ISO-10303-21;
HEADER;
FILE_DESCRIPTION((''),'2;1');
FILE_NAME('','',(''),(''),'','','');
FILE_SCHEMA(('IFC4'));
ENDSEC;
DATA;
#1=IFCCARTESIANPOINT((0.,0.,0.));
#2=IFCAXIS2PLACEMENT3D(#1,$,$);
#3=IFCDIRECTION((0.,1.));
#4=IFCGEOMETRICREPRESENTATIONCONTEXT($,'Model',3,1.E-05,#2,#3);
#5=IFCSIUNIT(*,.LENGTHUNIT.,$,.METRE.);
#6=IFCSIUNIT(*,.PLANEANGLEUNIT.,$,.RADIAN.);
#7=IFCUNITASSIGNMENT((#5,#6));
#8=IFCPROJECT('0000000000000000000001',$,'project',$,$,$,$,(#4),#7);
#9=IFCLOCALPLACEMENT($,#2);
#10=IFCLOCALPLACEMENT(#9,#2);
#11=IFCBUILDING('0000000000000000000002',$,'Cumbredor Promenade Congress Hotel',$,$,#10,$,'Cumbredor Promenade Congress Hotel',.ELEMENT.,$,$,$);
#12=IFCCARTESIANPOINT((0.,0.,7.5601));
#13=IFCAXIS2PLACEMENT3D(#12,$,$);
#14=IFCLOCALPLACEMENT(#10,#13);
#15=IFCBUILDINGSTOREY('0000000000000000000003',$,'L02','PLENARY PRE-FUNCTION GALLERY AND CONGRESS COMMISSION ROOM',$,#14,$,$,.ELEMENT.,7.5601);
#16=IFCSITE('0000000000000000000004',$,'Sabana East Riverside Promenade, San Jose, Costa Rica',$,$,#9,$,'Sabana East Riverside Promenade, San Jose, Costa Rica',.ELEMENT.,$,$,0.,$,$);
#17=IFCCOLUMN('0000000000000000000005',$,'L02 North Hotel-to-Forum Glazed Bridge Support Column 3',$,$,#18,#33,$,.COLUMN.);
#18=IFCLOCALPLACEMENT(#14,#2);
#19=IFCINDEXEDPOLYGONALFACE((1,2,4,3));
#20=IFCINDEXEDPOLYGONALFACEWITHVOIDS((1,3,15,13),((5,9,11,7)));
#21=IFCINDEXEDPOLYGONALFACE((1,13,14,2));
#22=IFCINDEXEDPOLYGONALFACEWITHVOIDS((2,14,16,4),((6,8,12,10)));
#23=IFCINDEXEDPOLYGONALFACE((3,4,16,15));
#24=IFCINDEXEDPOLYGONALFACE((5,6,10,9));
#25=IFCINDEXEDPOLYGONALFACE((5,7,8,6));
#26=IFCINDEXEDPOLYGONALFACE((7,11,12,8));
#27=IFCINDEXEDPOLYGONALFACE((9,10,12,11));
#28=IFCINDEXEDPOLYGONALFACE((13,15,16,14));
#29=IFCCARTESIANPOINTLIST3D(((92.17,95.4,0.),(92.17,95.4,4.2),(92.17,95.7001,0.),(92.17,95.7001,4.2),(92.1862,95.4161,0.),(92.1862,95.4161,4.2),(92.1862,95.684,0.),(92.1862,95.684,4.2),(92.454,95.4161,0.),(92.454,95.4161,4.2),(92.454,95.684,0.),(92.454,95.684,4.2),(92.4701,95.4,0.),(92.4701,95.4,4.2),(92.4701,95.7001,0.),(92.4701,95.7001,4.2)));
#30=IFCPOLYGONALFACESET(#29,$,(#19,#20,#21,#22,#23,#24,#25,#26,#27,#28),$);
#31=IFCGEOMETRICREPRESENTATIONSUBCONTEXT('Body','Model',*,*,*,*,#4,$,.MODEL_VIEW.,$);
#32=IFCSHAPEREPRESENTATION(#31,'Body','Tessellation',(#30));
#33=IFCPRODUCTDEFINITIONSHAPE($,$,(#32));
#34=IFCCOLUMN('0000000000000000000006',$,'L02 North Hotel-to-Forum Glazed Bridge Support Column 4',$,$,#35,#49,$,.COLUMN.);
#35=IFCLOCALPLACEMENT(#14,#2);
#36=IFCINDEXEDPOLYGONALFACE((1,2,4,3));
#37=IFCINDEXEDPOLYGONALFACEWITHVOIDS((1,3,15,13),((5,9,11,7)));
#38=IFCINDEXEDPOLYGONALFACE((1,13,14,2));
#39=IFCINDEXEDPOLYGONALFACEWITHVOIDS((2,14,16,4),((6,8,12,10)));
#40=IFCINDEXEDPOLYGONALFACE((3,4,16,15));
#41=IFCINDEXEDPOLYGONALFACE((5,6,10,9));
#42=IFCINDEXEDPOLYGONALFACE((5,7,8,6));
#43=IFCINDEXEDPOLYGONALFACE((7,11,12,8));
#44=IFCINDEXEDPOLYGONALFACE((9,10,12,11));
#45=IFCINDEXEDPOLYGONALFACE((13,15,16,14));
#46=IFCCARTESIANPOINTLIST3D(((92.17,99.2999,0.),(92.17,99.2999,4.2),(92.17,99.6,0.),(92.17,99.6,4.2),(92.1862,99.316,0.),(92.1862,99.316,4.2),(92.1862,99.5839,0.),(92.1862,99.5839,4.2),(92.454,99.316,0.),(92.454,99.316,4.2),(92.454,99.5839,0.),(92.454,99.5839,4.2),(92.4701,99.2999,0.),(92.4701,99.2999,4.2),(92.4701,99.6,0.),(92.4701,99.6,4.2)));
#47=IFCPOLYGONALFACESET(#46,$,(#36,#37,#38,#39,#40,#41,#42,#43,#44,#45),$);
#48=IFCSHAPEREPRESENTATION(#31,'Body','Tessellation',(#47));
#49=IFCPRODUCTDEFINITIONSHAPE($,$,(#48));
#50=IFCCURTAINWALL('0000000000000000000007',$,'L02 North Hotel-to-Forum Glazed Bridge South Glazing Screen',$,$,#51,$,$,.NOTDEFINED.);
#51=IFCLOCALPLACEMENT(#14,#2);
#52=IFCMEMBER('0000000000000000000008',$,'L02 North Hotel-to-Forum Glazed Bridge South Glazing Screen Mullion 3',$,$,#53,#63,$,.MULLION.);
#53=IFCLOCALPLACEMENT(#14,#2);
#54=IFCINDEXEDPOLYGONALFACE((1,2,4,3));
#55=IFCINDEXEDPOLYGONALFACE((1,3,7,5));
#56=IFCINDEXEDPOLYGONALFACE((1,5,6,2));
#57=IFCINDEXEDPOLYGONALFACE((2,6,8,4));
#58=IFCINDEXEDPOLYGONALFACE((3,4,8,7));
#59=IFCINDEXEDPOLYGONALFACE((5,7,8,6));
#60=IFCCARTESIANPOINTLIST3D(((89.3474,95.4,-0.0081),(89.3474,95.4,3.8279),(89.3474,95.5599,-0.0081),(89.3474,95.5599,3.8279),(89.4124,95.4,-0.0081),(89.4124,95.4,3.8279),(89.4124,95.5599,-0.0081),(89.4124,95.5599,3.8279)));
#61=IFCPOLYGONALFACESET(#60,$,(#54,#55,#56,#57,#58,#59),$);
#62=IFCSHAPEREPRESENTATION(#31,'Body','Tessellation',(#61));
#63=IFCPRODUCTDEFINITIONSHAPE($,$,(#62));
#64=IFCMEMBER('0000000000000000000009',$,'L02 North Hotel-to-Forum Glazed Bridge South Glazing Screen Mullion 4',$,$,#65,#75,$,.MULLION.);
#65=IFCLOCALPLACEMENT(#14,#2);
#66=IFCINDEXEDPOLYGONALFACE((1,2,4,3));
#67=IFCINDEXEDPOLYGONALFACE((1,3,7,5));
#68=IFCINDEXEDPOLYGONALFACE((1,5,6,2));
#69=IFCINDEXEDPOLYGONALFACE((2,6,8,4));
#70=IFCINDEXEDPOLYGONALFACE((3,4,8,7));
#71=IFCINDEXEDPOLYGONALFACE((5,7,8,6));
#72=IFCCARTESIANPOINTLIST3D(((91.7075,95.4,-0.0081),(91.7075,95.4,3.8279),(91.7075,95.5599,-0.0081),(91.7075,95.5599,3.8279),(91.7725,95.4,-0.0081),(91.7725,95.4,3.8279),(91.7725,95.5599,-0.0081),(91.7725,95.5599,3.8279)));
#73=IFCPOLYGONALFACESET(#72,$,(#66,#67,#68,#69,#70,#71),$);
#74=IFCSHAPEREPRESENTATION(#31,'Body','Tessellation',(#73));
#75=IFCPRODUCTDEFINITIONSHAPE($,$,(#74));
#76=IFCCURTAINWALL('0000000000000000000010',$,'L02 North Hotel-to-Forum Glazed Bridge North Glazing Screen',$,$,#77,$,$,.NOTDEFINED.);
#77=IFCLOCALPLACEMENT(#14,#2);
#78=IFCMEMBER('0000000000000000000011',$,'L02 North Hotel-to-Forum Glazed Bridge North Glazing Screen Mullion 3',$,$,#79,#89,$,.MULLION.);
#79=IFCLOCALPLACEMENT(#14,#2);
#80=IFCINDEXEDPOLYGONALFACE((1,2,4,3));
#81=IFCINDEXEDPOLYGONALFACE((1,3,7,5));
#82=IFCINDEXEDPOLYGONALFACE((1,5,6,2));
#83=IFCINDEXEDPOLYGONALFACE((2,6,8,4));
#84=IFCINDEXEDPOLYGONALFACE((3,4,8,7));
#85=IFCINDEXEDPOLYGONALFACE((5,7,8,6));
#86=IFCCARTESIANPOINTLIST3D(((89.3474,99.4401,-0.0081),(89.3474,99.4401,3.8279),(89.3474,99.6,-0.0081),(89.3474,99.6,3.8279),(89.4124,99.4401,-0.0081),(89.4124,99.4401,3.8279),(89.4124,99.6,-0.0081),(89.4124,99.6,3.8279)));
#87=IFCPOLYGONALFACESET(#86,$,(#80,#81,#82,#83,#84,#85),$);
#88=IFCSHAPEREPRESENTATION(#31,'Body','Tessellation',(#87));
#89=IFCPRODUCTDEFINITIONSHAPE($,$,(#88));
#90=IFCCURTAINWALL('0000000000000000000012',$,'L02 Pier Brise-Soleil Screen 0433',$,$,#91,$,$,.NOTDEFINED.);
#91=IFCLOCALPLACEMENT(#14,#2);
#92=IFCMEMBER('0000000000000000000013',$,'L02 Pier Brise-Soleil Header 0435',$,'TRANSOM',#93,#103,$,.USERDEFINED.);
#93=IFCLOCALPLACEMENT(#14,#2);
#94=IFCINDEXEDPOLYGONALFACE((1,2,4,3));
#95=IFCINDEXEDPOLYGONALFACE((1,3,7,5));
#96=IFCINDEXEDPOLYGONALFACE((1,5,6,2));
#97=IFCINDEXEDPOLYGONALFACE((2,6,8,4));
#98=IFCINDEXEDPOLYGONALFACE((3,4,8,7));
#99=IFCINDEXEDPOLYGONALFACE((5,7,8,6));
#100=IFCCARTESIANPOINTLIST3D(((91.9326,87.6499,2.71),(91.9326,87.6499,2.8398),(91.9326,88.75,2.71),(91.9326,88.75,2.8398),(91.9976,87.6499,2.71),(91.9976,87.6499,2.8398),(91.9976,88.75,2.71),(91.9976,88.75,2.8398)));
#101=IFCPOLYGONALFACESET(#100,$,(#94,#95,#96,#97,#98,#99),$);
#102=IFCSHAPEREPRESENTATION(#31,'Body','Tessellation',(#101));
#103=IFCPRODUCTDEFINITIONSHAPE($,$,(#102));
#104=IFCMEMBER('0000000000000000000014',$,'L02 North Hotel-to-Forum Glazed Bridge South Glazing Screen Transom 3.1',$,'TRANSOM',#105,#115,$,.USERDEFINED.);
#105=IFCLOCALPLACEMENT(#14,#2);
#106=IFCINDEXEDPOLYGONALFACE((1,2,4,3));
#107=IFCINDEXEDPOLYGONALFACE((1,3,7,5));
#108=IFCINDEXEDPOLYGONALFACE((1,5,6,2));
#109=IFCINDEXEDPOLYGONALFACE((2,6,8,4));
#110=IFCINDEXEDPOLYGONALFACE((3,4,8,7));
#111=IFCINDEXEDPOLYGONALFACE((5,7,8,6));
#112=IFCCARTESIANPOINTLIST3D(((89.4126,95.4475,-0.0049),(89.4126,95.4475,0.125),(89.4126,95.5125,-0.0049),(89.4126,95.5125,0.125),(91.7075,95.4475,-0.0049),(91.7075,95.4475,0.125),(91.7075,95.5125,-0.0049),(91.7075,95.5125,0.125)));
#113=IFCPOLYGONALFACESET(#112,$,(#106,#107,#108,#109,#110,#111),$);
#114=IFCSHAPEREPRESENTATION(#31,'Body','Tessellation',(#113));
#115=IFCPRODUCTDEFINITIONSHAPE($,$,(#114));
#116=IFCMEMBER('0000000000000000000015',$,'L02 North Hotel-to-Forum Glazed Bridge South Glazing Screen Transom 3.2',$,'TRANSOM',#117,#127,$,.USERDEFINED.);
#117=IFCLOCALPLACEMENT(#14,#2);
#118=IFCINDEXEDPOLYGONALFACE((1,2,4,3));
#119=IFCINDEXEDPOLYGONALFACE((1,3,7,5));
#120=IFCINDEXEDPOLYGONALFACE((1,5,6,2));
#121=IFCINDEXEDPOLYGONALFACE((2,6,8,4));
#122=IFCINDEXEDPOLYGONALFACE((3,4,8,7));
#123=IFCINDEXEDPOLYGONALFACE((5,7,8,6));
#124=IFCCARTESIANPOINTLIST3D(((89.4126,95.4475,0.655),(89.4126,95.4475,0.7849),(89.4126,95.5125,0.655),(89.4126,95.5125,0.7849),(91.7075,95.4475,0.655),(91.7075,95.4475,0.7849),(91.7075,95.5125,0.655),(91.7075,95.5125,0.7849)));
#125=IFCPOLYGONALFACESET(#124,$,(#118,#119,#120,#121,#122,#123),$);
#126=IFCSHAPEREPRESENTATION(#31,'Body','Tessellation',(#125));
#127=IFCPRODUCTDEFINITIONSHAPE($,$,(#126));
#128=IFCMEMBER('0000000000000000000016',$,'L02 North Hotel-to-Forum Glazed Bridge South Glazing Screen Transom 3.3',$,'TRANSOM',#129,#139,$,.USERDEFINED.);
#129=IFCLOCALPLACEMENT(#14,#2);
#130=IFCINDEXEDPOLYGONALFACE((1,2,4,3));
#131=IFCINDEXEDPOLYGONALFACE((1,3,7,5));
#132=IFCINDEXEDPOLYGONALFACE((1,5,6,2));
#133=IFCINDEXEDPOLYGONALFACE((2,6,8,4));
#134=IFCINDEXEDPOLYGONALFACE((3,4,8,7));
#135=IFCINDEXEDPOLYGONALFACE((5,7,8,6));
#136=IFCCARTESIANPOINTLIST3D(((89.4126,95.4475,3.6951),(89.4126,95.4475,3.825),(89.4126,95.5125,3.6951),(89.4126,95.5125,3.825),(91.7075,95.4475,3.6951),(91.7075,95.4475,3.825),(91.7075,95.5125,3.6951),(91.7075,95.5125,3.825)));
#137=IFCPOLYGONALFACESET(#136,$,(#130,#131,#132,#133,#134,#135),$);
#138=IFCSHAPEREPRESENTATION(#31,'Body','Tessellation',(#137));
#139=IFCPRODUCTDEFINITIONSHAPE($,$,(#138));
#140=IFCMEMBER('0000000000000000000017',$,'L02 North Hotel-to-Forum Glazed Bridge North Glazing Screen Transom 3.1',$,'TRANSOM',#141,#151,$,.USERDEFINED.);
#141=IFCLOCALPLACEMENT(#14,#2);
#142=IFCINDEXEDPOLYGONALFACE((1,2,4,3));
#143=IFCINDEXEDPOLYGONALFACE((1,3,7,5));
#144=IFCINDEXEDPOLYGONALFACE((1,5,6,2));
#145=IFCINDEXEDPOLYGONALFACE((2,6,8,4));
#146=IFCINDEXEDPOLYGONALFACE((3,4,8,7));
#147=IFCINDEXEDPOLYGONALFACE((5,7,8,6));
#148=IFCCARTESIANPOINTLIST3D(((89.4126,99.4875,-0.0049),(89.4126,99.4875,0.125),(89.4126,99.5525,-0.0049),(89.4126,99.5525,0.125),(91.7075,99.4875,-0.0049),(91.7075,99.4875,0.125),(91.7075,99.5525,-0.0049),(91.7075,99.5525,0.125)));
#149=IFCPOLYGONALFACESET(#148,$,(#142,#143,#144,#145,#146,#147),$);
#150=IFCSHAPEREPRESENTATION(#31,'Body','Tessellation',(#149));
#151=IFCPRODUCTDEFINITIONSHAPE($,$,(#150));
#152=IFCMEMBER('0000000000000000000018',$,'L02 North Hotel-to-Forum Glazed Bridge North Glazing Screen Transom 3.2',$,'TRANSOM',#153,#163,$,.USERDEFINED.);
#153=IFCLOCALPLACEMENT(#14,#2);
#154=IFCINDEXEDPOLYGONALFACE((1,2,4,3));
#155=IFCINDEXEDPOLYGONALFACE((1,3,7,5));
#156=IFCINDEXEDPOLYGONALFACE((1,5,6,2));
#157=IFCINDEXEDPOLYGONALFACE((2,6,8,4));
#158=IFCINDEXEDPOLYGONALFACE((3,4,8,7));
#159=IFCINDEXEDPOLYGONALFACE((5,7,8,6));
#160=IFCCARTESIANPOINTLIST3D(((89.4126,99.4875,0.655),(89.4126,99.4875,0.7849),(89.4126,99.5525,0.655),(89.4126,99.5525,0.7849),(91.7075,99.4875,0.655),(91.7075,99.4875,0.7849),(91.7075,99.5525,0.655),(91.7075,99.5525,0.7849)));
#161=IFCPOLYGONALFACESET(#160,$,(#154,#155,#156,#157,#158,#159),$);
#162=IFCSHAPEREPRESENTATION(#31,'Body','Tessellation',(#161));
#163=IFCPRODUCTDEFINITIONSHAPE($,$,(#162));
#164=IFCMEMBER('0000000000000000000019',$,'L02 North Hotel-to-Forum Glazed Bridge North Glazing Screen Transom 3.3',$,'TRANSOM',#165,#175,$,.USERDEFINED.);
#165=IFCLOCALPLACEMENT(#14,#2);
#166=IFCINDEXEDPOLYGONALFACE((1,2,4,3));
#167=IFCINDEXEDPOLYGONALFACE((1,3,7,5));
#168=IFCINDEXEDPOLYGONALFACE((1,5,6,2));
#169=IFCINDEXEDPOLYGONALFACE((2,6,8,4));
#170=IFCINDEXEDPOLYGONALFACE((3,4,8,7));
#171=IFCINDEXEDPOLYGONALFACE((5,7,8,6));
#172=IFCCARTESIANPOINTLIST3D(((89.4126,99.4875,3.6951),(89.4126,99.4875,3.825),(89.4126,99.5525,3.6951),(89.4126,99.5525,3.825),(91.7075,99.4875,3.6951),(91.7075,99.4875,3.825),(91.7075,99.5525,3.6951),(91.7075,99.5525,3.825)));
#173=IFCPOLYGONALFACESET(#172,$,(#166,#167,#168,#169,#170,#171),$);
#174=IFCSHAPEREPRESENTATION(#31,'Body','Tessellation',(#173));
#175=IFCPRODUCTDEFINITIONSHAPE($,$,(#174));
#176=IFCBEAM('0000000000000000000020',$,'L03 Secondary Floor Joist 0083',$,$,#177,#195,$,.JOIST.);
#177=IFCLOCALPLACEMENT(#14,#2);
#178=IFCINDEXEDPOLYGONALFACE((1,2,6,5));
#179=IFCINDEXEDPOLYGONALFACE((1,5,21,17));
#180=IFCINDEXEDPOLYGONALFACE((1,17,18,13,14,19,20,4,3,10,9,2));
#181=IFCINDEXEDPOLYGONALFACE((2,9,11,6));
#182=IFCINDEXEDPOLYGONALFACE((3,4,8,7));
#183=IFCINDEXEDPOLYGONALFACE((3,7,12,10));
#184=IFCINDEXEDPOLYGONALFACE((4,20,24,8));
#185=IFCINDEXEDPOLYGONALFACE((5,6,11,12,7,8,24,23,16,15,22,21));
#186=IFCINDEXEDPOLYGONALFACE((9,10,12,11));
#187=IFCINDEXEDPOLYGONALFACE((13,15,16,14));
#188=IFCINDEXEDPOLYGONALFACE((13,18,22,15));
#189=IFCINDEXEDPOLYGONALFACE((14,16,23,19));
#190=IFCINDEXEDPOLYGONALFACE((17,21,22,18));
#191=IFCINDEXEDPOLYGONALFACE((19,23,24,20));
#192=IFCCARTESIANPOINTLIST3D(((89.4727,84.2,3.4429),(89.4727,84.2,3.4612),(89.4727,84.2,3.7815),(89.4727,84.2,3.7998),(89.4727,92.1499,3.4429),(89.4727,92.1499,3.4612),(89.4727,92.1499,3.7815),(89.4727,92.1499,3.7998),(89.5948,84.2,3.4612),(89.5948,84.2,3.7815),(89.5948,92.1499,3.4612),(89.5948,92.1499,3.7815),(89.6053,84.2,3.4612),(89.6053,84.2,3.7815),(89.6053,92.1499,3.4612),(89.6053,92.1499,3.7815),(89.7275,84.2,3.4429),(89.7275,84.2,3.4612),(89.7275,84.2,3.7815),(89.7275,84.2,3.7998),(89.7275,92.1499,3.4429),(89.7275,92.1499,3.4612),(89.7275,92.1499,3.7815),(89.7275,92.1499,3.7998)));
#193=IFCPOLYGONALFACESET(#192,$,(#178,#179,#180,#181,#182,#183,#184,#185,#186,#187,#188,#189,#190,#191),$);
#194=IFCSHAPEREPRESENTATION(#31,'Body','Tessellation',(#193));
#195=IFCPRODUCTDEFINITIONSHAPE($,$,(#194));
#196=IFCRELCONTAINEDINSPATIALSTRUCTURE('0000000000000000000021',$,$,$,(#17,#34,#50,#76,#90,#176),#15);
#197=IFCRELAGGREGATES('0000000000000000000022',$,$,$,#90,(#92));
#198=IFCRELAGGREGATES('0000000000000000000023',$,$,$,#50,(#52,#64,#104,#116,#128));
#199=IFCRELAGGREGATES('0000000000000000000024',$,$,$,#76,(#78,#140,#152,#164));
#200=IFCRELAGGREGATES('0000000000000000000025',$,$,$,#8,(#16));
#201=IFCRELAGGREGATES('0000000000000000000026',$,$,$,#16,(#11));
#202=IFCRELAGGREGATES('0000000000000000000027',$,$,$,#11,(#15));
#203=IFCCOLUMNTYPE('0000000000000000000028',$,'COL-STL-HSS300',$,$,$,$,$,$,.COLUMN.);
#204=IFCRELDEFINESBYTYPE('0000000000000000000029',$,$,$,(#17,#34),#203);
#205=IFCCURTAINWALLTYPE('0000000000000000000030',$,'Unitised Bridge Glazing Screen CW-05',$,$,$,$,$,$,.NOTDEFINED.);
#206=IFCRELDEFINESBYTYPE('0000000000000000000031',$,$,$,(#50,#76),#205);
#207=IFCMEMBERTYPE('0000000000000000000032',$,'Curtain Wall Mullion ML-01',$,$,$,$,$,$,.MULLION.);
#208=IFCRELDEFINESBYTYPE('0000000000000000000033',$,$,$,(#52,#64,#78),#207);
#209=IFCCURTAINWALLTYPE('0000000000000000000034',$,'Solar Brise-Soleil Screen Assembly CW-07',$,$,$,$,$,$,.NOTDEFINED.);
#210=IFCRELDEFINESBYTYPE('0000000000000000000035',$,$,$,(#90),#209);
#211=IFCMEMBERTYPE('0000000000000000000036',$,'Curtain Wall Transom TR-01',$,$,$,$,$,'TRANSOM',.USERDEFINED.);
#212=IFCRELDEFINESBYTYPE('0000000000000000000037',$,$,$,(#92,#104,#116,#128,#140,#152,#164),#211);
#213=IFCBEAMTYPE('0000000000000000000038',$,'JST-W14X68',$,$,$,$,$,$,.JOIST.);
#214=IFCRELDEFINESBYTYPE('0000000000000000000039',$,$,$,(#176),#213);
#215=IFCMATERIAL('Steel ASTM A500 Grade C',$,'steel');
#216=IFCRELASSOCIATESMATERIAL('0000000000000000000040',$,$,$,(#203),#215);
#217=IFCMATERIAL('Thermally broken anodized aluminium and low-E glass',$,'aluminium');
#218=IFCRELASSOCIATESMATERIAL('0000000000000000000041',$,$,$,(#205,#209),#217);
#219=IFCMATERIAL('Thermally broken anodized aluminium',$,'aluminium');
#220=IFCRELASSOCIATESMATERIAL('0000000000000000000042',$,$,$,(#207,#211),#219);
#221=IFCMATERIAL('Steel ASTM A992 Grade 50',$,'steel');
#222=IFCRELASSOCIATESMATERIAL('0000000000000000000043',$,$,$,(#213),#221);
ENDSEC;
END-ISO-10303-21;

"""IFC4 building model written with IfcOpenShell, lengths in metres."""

from ifc_helpers import new_model, si_unit, direction, frame, origin, origin_2d, place, context, subcontext, project, spatial, rectangle, hollow_rectangle, i_section, extrude, material, material_profile, profile_set, type_object, element, aggregate, save


model = new_model("IFC4")

# Units and contexts
model_context = context("Model", 3, precision=1e-05, world=origin(), true_north=direction((0.0, 1.0)))
body_context = subcontext(model_context, "Body", "Model", "MODEL_VIEW")
ifc_project = project(units=[si_unit("LENGTHUNIT", "METRE"), si_unit("PLANEANGLEUNIT", "RADIAN")], contexts=[model_context])

# Site, building, storey
site_placement = place(None, origin())
site = spatial("IfcSite", under=ifc_project, at=site_placement, Name="Sabana East Riverside Promenade, San Jose, Costa Rica", LongName="Sabana East Riverside Promenade, San Jose, Costa Rica", CompositionType="ELEMENT", RefElevation=0.0)
building_placement = place(site_placement, origin())
building = spatial("IfcBuilding", under=site, at=building_placement, Name="Cumbredor Promenade Congress Hotel", LongName="Cumbredor Promenade Congress Hotel", CompositionType="ELEMENT")
storey_placement = place(building_placement, frame((0.0, 0.0, 7.5601)))
storey = spatial("IfcBuildingStorey", under=building, at=storey_placement, Name="L02", Description="PLENARY PRE-FUNCTION GALLERY AND CONGRESS COMMISSION ROOM", CompositionType="ELEMENT", Elevation=7.5601)

# Columns
ifc_material_1 = material(Name="Steel ASTM A500 Grade C", Category="steel")
ifc_material_profile_1 = material_profile(ifc_material_1, hollow_rectangle(XDim=0.3, YDim=0.3, WallThickness=0.0161, at=origin_2d()), Name="HSS 300x300x16")
ifc_profile_set_1 = profile_set([ifc_material_profile_1], Name="Steel ASTM A500 Grade C")
column_type = type_object("IfcColumnType", Name="COL-STL-HSS300", PredefinedType="COLUMN", material=ifc_profile_set_1)
for number, where, z_axis, x_axis, name in (
    (1, (92.3201, 95.55, 0.0), (0.0, 0.0, 1.0), (1.0, 0.0, 0.0), "L02 North Hotel-to-Forum Glazed Bridge Support Column 3"),
    (2, (92.3201, 99.45, 0.0), (0.0, 0.0, 1.0), (1.0, 0.0, 0.0), "L02 North Hotel-to-Forum Glazed Bridge Support Column 4"),
):
    element("IfcColumn", number, at=place(storey_placement, frame(where, z_axis=z_axis, x_axis=x_axis)), inside=storey, type_object=column_type, Name=name, PredefinedType="COLUMN", context=body_context, shape_type="SweptSolid", body=[
        extrude(hollow_rectangle(XDim=0.3, YDim=0.3, WallThickness=0.0161, at=origin_2d()), origin(), (0.0, 0.0, 1.0), 4.2),
    ])

# Curtain wall, members
ifc_material_2 = material(Name="Thermally broken anodized aluminium and low-E glass", Category="aluminium")
curtain_wall_type_1 = type_object("IfcCurtainWallType", Name="Unitised Bridge Glazing Screen CW-05", PredefinedType="NOTDEFINED", material=ifc_material_2)
curtain_wall_1_placement = place(storey_placement, origin())
curtain_wall_1 = element("IfcCurtainWall", 3, at=curtain_wall_1_placement, inside=storey, type_object=curtain_wall_type_1, Name="L02 North Hotel-to-Forum Glazed Bridge South Glazing Screen", PredefinedType="NOTDEFINED")
ifc_material_3 = material(Name="Thermally broken anodized aluminium", Category="aluminium")
ifc_material_profile_2 = material_profile(ifc_material_3, rectangle(XDim=0.0649, YDim=0.1599, at=origin_2d()), Name="ALU MULLION 65x160")
ifc_profile_set_2 = profile_set([ifc_material_profile_2], Name="Thermally broken anodized aluminium")
member_type_1 = type_object("IfcMemberType", Name="Curtain Wall Mullion ML-01", PredefinedType="MULLION", material=ifc_profile_set_2)
member_1_placement = place(storey_placement, frame((89.3799, 95.48, -0.0081), z_axis=(0.0, 0.0, 1.0), x_axis=(1.0, 0.0, 0.0)))
member_1 = element("IfcMember", 4, at=member_1_placement, type_object=member_type_1, Name="L02 North Hotel-to-Forum Glazed Bridge South Glazing Screen Mullion 3", PredefinedType="MULLION", context=body_context, shape_type="SweptSolid", body=[
    extrude(rectangle(XDim=0.0649, YDim=0.1599, at=origin_2d()), origin(), (0.0, 0.0, 1.0), 3.8359),
])
member_2_placement = place(storey_placement, frame((91.74, 95.48, -0.0081), z_axis=(0.0, 0.0, 1.0), x_axis=(1.0, 0.0, 0.0)))
member_2 = element("IfcMember", 5, at=member_2_placement, type_object=member_type_1, Name="L02 North Hotel-to-Forum Glazed Bridge South Glazing Screen Mullion 4", PredefinedType="MULLION", context=body_context, shape_type="SweptSolid", body=[
    extrude(rectangle(XDim=0.0649, YDim=0.1599, at=origin_2d()), origin(), (0.0, 0.0, 1.0), 3.8359),
])

# Curtain walls, members
curtain_wall_2_placement = place(storey_placement, origin())
curtain_wall_2 = element("IfcCurtainWall", 6, at=curtain_wall_2_placement, inside=storey, type_object=curtain_wall_type_1, Name="L02 North Hotel-to-Forum Glazed Bridge North Glazing Screen", PredefinedType="NOTDEFINED")
member_3_placement = place(storey_placement, frame((89.3799, 99.52, -0.0081), z_axis=(0.0, 0.0, 1.0), x_axis=(1.0, 0.0, 0.0)))
member_3 = element("IfcMember", 7, at=member_3_placement, type_object=member_type_1, Name="L02 North Hotel-to-Forum Glazed Bridge North Glazing Screen Mullion 3", PredefinedType="MULLION", context=body_context, shape_type="SweptSolid", body=[
    extrude(rectangle(XDim=0.0649, YDim=0.1599, at=origin_2d()), origin(), (0.0, 0.0, 1.0), 3.8359),
])
curtain_wall_type_2 = type_object("IfcCurtainWallType", Name="Solar Brise-Soleil Screen Assembly CW-07", PredefinedType="NOTDEFINED", material=ifc_material_2)
curtain_wall_3_placement = place(storey_placement, origin())
curtain_wall_3 = element("IfcCurtainWall", 8, at=curtain_wall_3_placement, inside=storey, type_object=curtain_wall_type_2, Name="L02 Pier Brise-Soleil Screen 0433", PredefinedType="NOTDEFINED")
ifc_material_profile_3 = material_profile(ifc_material_3, rectangle(XDim=0.0649, YDim=0.1299, at=origin_2d()), Name="ALU TRANSOM 65x130")
ifc_profile_set_3 = profile_set([ifc_material_profile_3], Name="Thermally broken anodized aluminium")
member_type_2 = type_object("IfcMemberType", Name="Curtain Wall Transom TR-01", ElementType="TRANSOM", PredefinedType="USERDEFINED", material=ifc_profile_set_3)
member_4_placement = place(storey_placement, frame((91.9651, 87.6499, 2.7749), z_axis=(0.0, 1.0, 0.0), x_axis=(-1.0, 0.0, 0.0)))
member_4 = element("IfcMember", 9, at=member_4_placement, type_object=member_type_2, Name="L02 Pier Brise-Soleil Header 0435", ObjectType="TRANSOM", PredefinedType="USERDEFINED", context=body_context, shape_type="SweptSolid", body=[
    extrude(rectangle(XDim=0.0649, YDim=0.1299, at=origin_2d()), origin(), (0.0, 0.0, 1.0), 1.1001),
])

# Members
member_5_placement = place(storey_placement, frame((89.4126, 95.48, 0.0601), z_axis=(1.0, 0.0, 0.0), x_axis=(0.0, 1.0, 0.0)))
member_5 = element("IfcMember", 10, at=member_5_placement, type_object=member_type_2, Name="L02 North Hotel-to-Forum Glazed Bridge South Glazing Screen Transom 3.1", ObjectType="TRANSOM", PredefinedType="USERDEFINED", context=body_context, shape_type="SweptSolid", body=[
    extrude(rectangle(XDim=0.0649, YDim=0.1299, at=origin_2d()), origin(), (0.0, 0.0, 1.0), 2.2949),
])
member_6_placement = place(storey_placement, frame((89.4126, 95.48, 0.72), z_axis=(1.0, 0.0, 0.0), x_axis=(0.0, 1.0, 0.0)))
member_6 = element("IfcMember", 11, at=member_6_placement, type_object=member_type_2, Name="L02 North Hotel-to-Forum Glazed Bridge South Glazing Screen Transom 3.2", ObjectType="TRANSOM", PredefinedType="USERDEFINED", context=body_context, shape_type="SweptSolid", body=[
    extrude(rectangle(XDim=0.0649, YDim=0.1299, at=origin_2d()), origin(), (0.0, 0.0, 1.0), 2.2949),
])
member_7_placement = place(storey_placement, frame((89.4126, 95.48, 3.76), z_axis=(1.0, 0.0, 0.0), x_axis=(0.0, 1.0, 0.0)))
member_7 = element("IfcMember", 12, at=member_7_placement, type_object=member_type_2, Name="L02 North Hotel-to-Forum Glazed Bridge South Glazing Screen Transom 3.3", ObjectType="TRANSOM", PredefinedType="USERDEFINED", context=body_context, shape_type="SweptSolid", body=[
    extrude(rectangle(XDim=0.0649, YDim=0.1299, at=origin_2d()), origin(), (0.0, 0.0, 1.0), 2.2949),
])
member_8_placement = place(storey_placement, frame((89.4126, 99.52, 0.0601), z_axis=(1.0, 0.0, 0.0), x_axis=(0.0, 1.0, 0.0)))
member_8 = element("IfcMember", 13, at=member_8_placement, type_object=member_type_2, Name="L02 North Hotel-to-Forum Glazed Bridge North Glazing Screen Transom 3.1", ObjectType="TRANSOM", PredefinedType="USERDEFINED", context=body_context, shape_type="SweptSolid", body=[
    extrude(rectangle(XDim=0.0649, YDim=0.1299, at=origin_2d()), origin(), (0.0, 0.0, 1.0), 2.2949),
])
member_9_placement = place(storey_placement, frame((89.4126, 99.52, 0.72), z_axis=(1.0, 0.0, 0.0), x_axis=(0.0, 1.0, 0.0)))
member_9 = element("IfcMember", 14, at=member_9_placement, type_object=member_type_2, Name="L02 North Hotel-to-Forum Glazed Bridge North Glazing Screen Transom 3.2", ObjectType="TRANSOM", PredefinedType="USERDEFINED", context=body_context, shape_type="SweptSolid", body=[
    extrude(rectangle(XDim=0.0649, YDim=0.1299, at=origin_2d()), origin(), (0.0, 0.0, 1.0), 2.2949),
])
member_10_placement = place(storey_placement, frame((89.4126, 99.52, 3.76), z_axis=(1.0, 0.0, 0.0), x_axis=(0.0, 1.0, 0.0)))
member_10 = element("IfcMember", 15, at=member_10_placement, type_object=member_type_2, Name="L02 North Hotel-to-Forum Glazed Bridge North Glazing Screen Transom 3.3", ObjectType="TRANSOM", PredefinedType="USERDEFINED", context=body_context, shape_type="SweptSolid", body=[
    extrude(rectangle(XDim=0.0649, YDim=0.1299, at=origin_2d()), origin(), (0.0, 0.0, 1.0), 2.2949),
])

# Beam
ifc_material_4 = material(Name="Steel ASTM A992 Grade 50", Category="steel")
ifc_material_profile_4 = material_profile(ifc_material_4, i_section(OverallWidth=0.2549, OverallDepth=0.3569, WebThickness=0.0105, FlangeThickness=0.0183, at=origin_2d()), Name="W14X68")
ifc_profile_set_4 = profile_set([ifc_material_profile_4], Name="Steel ASTM A992 Grade 50")
beam_type_1 = type_object("IfcBeamType", Name="JST-W14X68", PredefinedType="JOIST", material=ifc_profile_set_4)
beam_1_placement = place(storey_placement, frame((89.6001, 84.2, 3.6213), z_axis=(0.0, 1.0, 0.0), x_axis=(-1.0, 0.0, 0.0)))
element("IfcBeam", 16, at=beam_1_placement, inside=storey, type_object=beam_type_1, Name="L03 Secondary Floor Joist 0083", PredefinedType="JOIST", context=body_context, shape_type="SweptSolid", body=[
    extrude(i_section(OverallWidth=0.2549, OverallDepth=0.3569, WebThickness=0.0105, FlangeThickness=0.0183, at=origin_2d()), origin(), (0.0, 0.0, 1.0), 7.95),
])

aggregate(curtain_wall_3, [member_4])

aggregate(curtain_wall_1, [member_1, member_2, member_5, member_6, member_7])
aggregate(curtain_wall_2, [member_3, member_8, member_9, member_10])

save(model, "model.ifc")
